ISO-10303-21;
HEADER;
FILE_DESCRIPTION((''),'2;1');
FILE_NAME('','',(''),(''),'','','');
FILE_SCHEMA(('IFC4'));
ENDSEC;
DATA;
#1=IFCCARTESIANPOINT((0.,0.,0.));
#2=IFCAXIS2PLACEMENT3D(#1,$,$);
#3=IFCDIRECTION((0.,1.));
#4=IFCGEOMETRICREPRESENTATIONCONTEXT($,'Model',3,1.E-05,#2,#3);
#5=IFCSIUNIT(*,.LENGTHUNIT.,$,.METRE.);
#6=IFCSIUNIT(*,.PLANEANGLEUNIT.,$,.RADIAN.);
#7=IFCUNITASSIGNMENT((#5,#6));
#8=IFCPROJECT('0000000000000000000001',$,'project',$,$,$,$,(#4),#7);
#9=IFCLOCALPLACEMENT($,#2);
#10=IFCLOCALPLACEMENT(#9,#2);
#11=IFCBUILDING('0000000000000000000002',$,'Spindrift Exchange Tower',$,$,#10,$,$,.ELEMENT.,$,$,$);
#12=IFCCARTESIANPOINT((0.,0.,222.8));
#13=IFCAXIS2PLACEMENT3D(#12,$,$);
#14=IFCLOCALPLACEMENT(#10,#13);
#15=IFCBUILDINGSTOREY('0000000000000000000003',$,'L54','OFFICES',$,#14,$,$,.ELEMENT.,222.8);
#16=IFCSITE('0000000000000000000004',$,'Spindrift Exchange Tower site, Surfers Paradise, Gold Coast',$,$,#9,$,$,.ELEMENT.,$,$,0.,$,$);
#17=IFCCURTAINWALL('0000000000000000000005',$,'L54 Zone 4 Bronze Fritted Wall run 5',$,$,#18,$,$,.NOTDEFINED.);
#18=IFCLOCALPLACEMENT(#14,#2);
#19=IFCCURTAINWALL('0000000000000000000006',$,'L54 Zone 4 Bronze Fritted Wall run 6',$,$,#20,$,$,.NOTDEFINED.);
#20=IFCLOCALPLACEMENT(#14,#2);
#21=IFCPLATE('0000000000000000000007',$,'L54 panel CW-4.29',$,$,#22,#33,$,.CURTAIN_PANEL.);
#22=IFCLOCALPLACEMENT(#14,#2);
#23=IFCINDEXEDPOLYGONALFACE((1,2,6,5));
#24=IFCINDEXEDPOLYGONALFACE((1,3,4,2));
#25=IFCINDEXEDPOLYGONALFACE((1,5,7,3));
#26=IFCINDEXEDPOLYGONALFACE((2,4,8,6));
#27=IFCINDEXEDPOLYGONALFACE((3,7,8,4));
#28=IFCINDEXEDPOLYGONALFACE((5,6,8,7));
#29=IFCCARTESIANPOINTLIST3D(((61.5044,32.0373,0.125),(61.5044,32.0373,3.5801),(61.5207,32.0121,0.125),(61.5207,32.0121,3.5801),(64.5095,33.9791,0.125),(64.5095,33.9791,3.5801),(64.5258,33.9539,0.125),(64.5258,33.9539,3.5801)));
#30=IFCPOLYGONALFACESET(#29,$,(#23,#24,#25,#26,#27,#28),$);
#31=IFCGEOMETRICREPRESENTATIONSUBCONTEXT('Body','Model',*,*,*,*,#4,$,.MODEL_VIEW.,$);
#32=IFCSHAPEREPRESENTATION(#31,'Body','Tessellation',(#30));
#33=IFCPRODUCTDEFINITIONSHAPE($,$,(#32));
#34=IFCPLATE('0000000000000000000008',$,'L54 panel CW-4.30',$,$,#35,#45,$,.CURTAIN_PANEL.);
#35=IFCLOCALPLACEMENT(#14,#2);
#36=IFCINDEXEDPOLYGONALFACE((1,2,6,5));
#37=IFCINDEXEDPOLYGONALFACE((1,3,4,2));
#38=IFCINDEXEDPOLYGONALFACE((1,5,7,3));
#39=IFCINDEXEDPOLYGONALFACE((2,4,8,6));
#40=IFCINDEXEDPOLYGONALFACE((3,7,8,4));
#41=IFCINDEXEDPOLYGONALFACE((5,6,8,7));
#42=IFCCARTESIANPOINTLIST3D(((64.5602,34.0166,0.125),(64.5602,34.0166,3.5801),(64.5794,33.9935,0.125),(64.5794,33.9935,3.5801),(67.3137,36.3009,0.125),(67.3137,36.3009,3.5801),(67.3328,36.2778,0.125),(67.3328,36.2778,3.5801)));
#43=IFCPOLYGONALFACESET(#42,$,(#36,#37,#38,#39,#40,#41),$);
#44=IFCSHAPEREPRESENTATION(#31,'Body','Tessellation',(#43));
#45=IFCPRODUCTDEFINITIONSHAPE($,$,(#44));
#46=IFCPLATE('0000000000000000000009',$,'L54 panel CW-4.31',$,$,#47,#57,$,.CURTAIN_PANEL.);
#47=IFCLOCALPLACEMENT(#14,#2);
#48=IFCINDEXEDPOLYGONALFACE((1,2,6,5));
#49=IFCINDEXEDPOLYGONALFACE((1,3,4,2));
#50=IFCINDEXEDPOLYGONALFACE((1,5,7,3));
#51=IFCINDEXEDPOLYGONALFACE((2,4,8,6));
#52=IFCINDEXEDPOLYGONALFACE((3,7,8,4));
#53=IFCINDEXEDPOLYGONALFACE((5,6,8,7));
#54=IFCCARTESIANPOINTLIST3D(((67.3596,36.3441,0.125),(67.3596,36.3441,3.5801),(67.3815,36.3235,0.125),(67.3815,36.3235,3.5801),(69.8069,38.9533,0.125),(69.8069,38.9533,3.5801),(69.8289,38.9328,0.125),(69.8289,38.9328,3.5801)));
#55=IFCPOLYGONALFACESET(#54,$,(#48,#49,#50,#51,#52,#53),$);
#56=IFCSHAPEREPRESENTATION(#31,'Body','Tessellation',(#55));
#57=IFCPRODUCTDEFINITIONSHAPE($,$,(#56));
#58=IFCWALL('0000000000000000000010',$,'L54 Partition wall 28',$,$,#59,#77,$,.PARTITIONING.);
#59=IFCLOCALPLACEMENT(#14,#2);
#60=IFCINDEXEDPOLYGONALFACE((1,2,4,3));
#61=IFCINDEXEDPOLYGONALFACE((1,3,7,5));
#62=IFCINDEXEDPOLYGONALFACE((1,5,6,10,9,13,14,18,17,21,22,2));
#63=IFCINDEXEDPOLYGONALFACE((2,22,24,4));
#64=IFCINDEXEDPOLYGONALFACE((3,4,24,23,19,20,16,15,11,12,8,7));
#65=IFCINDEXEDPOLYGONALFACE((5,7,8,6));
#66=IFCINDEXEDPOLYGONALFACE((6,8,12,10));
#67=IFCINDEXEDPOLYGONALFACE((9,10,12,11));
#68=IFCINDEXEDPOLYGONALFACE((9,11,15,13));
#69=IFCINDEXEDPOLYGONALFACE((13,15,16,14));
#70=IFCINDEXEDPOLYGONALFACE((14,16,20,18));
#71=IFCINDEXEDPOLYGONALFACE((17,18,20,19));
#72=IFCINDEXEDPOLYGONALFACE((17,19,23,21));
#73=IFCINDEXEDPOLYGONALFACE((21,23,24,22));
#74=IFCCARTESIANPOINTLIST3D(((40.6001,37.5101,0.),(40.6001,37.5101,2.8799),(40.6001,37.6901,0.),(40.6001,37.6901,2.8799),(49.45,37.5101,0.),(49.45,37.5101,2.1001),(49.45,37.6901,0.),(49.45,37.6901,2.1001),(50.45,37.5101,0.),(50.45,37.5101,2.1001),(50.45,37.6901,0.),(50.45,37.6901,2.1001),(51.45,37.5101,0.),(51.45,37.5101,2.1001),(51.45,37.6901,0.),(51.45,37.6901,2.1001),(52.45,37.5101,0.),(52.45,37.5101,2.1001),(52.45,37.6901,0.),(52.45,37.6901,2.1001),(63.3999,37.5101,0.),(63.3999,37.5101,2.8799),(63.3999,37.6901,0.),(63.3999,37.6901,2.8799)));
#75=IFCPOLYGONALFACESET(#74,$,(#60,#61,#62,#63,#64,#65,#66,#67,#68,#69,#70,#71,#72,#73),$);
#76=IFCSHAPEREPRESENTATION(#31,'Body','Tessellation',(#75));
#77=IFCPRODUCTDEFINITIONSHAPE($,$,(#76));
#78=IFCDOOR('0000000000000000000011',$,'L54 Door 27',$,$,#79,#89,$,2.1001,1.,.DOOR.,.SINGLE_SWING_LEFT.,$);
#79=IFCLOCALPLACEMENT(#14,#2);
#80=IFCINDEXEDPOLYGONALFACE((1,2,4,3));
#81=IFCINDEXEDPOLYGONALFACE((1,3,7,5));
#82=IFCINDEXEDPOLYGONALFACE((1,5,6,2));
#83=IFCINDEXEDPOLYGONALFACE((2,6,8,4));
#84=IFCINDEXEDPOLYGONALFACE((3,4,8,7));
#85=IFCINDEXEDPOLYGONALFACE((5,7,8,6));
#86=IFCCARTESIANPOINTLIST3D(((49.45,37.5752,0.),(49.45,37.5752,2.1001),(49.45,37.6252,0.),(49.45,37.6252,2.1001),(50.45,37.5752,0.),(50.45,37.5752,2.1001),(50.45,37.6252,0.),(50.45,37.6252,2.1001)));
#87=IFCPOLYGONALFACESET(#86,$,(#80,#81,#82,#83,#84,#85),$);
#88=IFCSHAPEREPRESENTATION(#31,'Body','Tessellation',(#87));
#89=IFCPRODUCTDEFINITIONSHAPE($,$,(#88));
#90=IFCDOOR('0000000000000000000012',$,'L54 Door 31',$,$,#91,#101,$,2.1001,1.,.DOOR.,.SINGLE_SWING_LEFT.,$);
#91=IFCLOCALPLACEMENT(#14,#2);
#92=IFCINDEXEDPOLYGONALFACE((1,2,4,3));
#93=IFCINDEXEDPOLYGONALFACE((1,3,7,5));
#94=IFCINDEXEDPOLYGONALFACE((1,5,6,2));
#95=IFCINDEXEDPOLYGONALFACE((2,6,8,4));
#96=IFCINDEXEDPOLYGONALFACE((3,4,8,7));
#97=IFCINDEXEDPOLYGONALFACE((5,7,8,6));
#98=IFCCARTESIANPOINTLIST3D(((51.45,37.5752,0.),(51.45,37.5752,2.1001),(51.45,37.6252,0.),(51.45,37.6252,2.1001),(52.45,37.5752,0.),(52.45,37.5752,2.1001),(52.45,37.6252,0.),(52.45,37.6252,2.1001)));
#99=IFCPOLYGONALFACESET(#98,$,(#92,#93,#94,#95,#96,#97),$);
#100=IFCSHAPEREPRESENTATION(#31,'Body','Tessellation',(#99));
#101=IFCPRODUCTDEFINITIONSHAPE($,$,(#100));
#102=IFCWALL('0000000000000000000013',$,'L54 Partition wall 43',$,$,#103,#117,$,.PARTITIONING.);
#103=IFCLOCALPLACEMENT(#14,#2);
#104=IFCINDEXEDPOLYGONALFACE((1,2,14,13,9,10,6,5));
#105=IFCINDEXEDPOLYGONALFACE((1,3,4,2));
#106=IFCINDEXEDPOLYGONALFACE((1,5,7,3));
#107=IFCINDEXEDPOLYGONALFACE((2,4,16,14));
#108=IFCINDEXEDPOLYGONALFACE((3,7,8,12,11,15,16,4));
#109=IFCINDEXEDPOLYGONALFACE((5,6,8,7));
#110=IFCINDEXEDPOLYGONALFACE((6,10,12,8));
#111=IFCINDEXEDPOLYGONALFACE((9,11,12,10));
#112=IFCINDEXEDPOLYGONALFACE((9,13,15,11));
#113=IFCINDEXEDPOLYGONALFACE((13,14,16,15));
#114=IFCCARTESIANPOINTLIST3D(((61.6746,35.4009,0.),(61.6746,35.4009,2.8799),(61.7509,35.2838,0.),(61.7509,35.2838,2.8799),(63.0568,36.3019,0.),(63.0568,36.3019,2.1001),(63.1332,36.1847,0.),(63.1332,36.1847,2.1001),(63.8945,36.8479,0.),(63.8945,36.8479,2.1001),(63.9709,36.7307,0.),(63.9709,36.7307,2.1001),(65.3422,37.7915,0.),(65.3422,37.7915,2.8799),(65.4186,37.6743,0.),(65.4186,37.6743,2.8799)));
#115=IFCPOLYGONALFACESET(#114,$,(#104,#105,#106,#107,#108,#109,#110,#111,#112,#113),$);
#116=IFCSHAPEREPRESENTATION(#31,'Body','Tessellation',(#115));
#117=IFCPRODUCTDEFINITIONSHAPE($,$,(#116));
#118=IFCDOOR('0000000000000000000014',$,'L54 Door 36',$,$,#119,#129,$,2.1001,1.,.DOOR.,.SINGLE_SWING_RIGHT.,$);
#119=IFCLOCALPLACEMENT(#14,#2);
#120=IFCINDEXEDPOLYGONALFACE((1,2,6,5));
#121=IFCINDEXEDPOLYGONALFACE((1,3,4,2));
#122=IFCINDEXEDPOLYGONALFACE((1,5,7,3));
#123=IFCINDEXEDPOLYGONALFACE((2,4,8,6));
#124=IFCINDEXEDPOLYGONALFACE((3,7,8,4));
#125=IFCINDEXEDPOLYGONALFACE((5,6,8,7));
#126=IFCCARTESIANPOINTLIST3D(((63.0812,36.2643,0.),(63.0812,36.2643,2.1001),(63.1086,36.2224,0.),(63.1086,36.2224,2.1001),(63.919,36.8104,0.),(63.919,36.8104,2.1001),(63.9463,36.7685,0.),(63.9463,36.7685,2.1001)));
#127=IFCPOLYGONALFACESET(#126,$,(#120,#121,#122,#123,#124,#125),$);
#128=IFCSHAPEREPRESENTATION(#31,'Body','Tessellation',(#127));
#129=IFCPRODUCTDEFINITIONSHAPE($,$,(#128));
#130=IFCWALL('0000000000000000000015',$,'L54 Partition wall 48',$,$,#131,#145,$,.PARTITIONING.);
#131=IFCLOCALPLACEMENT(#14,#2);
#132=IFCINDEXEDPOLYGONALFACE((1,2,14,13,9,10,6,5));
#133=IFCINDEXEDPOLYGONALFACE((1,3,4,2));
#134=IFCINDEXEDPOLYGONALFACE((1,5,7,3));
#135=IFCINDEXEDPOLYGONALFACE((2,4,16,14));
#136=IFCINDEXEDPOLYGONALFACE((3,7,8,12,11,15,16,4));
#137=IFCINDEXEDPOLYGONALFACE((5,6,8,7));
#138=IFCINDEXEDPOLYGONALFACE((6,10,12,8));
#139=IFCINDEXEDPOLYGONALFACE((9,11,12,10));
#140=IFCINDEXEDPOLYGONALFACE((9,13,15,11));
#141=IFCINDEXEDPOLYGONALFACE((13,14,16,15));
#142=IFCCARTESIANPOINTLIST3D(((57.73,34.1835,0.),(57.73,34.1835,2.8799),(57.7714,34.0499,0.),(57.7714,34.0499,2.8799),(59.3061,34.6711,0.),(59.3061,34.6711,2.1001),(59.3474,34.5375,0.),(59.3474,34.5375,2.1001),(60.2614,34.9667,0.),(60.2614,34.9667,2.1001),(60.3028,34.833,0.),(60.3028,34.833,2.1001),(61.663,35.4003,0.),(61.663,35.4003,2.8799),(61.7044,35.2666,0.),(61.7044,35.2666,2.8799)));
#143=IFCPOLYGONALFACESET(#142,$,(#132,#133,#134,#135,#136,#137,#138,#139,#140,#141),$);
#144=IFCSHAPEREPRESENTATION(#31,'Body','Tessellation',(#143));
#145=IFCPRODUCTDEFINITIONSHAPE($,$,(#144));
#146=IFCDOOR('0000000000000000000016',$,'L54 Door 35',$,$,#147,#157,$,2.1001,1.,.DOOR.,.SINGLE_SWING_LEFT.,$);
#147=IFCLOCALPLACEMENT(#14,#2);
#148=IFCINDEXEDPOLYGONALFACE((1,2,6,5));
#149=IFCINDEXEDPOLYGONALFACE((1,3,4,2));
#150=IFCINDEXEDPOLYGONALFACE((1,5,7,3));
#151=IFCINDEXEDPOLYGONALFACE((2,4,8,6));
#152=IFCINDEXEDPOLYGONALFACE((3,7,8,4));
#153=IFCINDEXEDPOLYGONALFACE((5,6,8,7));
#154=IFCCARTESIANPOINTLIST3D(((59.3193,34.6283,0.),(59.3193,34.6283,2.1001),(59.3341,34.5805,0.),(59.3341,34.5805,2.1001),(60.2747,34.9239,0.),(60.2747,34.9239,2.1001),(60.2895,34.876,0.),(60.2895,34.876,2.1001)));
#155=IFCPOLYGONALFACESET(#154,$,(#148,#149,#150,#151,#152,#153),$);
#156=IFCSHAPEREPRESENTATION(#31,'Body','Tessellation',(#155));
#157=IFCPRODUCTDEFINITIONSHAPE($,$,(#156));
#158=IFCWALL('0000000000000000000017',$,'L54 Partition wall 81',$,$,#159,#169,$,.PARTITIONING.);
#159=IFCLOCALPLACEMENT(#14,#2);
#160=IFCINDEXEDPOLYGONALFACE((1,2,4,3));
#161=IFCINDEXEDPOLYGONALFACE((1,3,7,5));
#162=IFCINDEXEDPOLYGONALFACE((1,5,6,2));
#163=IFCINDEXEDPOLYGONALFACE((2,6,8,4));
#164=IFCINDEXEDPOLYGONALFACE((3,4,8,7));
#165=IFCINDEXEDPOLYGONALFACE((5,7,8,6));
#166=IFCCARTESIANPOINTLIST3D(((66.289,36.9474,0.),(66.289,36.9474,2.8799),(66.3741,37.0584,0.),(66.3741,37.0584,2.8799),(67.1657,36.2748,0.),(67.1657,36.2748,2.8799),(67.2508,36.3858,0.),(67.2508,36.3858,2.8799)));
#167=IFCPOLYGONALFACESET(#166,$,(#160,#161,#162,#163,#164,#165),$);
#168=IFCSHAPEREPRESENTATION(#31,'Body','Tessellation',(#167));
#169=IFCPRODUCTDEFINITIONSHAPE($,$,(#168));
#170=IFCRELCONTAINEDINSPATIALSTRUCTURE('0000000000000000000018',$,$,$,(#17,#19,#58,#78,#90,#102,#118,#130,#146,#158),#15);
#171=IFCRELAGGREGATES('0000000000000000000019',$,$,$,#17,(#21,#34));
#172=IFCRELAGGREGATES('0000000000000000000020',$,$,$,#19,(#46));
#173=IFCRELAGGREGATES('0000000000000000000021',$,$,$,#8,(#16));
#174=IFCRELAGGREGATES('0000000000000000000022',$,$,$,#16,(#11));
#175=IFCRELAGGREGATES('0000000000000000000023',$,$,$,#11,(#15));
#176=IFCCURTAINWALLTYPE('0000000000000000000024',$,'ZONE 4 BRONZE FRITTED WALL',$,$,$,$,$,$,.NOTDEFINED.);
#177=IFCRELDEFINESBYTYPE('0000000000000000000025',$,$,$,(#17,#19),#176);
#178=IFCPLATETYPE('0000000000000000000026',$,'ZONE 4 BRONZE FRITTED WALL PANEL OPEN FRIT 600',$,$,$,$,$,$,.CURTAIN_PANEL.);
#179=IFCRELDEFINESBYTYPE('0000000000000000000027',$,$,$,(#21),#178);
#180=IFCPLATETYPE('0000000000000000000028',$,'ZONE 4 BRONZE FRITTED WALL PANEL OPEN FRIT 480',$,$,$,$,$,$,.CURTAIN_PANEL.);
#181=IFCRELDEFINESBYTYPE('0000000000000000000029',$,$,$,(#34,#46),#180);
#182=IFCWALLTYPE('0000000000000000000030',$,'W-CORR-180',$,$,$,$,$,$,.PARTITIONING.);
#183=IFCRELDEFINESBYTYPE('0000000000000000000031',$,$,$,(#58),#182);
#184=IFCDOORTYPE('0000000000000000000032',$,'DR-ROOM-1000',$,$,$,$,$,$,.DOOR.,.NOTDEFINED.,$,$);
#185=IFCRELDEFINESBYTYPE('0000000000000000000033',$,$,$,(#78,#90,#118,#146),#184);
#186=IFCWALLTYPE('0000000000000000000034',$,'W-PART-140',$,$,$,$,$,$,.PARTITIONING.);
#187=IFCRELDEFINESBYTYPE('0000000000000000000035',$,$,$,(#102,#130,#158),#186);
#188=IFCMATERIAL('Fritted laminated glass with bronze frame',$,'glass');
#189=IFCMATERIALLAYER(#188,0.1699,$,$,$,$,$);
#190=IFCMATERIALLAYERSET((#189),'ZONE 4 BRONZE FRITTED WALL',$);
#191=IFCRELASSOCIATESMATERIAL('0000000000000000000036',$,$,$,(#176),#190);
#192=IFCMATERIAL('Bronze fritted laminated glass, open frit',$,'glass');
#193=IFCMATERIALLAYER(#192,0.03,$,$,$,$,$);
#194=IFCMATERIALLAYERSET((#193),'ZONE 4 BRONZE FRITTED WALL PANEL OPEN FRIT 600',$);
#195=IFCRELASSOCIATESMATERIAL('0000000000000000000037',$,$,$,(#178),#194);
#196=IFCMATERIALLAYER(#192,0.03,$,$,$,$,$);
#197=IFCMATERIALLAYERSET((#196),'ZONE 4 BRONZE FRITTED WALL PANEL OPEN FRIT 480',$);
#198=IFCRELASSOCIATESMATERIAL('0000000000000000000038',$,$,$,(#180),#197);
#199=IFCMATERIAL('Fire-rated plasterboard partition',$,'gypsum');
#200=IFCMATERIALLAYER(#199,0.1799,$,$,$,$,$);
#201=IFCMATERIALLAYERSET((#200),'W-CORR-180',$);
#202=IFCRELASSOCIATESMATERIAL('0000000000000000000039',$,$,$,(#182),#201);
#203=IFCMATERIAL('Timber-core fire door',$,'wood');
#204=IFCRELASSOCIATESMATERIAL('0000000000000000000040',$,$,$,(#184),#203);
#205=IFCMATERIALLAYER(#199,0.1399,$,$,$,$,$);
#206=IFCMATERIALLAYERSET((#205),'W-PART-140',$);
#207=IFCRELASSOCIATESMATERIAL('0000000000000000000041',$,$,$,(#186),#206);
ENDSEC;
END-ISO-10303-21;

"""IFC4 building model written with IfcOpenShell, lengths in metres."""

from ifc_helpers import new_model, si_unit, direction, frame, frame_2d, origin, origin_2d, place, context, subcontext, project, spatial, rectangle, extrude, source, transform, mapped, material, layer, layer_set, type_object, element, fill, aggregate, save


model = new_model("IFC4")

# Units and contexts
model_context = context("Model", 3, precision=1e-05, world=origin(), true_north=direction((0.0, 1.0)))
body_context = subcontext(model_context, "Body", "Model", "MODEL_VIEW")
ifc_project = project(units=[si_unit("LENGTHUNIT", "METRE"), si_unit("PLANEANGLEUNIT", "RADIAN")], contexts=[model_context])

# Site, building, storey
site_placement = place(None, origin())
site = spatial("IfcSite", under=ifc_project, at=site_placement, Name="Spindrift Exchange Tower site, Surfers Paradise, Gold Coast", CompositionType="ELEMENT", RefElevation=0.0)
building_placement = place(site_placement, origin())
building = spatial("IfcBuilding", under=site, at=building_placement, Name="Spindrift Exchange Tower", CompositionType="ELEMENT")
storey_placement = place(building_placement, frame((0.0, 0.0, 222.8)))
storey = spatial("IfcBuildingStorey", under=building, at=storey_placement, Name="L54", Description="OFFICES", CompositionType="ELEMENT", Elevation=222.8)

# Curtain wall
ifc_material_1 = material(Name="Fritted laminated glass with bronze frame", Category="glass")
ifc_layer_1 = layer(ifc_material_1, 0.1699)
ifc_layer_set_1 = layer_set([ifc_layer_1], Name="ZONE 4 BRONZE FRITTED WALL")
curtain_wall_type = type_object("IfcCurtainWallType", Name="ZONE 4 BRONZE FRITTED WALL", PredefinedType="NOTDEFINED", material=ifc_layer_set_1)
curtain_wall_1_placement = place(storey_placement, origin())
curtain_wall_1 = element("IfcCurtainWall", 1, at=curtain_wall_1_placement, inside=storey, type_object=curtain_wall_type, Name="L54 Zone 4 Bronze Fritted Wall run 5", PredefinedType="NOTDEFINED")

# Curtain wall
curtain_wall_2_placement = place(storey_placement, origin())
curtain_wall_2 = element("IfcCurtainWall", 2, at=curtain_wall_2_placement, inside=storey, type_object=curtain_wall_type, Name="L54 Zone 4 Bronze Fritted Wall run 6", PredefinedType="NOTDEFINED")

# Plates
ifc_material_2 = material(Name="Bronze fritted laminated glass, open frit", Category="glass")
ifc_layer_2 = layer(ifc_material_2, 0.03)
ifc_layer_set_2 = layer_set([ifc_layer_2], Name="ZONE 4 BRONZE FRITTED WALL PANEL OPEN FRIT 600")
plate_type_1 = type_object("IfcPlateType", Name="ZONE 4 BRONZE FRITTED WALL PANEL OPEN FRIT 600", PredefinedType="CURTAIN_PANEL", material=ifc_layer_set_2)
shared_shape_1 = source(origin(), body_context, "Body", "SweptSolid", [
    extrude(rectangle(XDim=3.5779, YDim=0.03, at=origin_2d()), origin(), (0.0, 0.0, 1.0), 3.4551),
])
plate_1_placement = place(storey_placement, frame((63.0151, 32.9956, 0.125), z_axis=(0.0, 0.0, 1.0), x_axis=(0.839909, 0.542727, 0.0)))
plate_1 = element("IfcPlate", 3, at=plate_1_placement, type_object=plate_type_1, Name="L54 panel CW-4.29", PredefinedType="CURTAIN_PANEL", context=body_context, shape_type="MappedRepresentation", body=[
    mapped(shared_shape_1, transform((0.0, 0.0, 0.0), scale=1.0)),
])
ifc_layer_3 = layer(ifc_material_2, 0.03)
ifc_layer_set_3 = layer_set([ifc_layer_3], Name="ZONE 4 BRONZE FRITTED WALL PANEL OPEN FRIT 480")
plate_type_2 = type_object("IfcPlateType", Name="ZONE 4 BRONZE FRITTED WALL PANEL OPEN FRIT 480", PredefinedType="CURTAIN_PANEL", material=ifc_layer_set_3)
shared_shape_2 = source(origin(), body_context, "Body", "SweptSolid", [
    extrude(rectangle(XDim=3.5776, YDim=0.03, at=origin_2d()), origin(), (0.0, 0.0, 1.0), 3.4551),
])
plate_2_placement = place(storey_placement, frame((65.9465, 35.1472, 0.125), z_axis=(0.0, 0.0, 1.0), x_axis=(0.769619, 0.638503, 0.0)))
plate_2 = element("IfcPlate", 4, at=plate_2_placement, type_object=plate_type_2, Name="L54 panel CW-4.30", PredefinedType="CURTAIN_PANEL", context=body_context, shape_type="MappedRepresentation", body=[
    mapped(shared_shape_2, transform((0.0, 0.0, 0.0), scale=1.0)),
])
aggregate(curtain_wall_1, [plate_1, plate_2])
shared_shape_3 = source(origin(), body_context, "Body", "SweptSolid", [
    extrude(rectangle(XDim=3.5774, YDim=0.03, at=origin_2d()), origin(), (0.0, 0.0, 1.0), 3.4551),
])
plate_3_placement = place(storey_placement, frame((68.5942, 37.6384, 0.125), z_axis=(0.0, 0.0, 1.0), x_axis=(0.684108, 0.729381, 0.0)))
plate_3 = element("IfcPlate", 5, at=plate_3_placement, type_object=plate_type_2, Name="L54 panel CW-4.31", PredefinedType="CURTAIN_PANEL", context=body_context, shape_type="MappedRepresentation", body=[
    mapped(shared_shape_3, transform((0.0, 0.0, 0.0), scale=1.0)),
])
aggregate(curtain_wall_2, [plate_3])

# Wall, openings, doors
ifc_material_3 = material(Name="Fire-rated plasterboard partition", Category="gypsum")
ifc_layer_4 = layer(ifc_material_3, 0.1799)
ifc_layer_set_4 = layer_set([ifc_layer_4], Name="W-CORR-180")
wall_type_1 = type_object("IfcWallType", Name="W-CORR-180", PredefinedType="PARTITIONING", material=ifc_layer_set_4)
wall_1_placement = place(storey_placement, frame((63.3999, 37.6001, 0.0), z_axis=(0.0, 0.0, 1.0), x_axis=(-1.0, 0.0, 0.0)))
wall_1 = element("IfcWall", 6, at=wall_1_placement, inside=storey, type_object=wall_type_1, Name="L54 Partition wall 28", PredefinedType="PARTITIONING", context=body_context, shape_type="SweptSolid", body=[
    extrude(rectangle(XDim=22.7998, YDim=0.1799, at=frame_2d((11.3999, 0.0))), origin(), (0.0, 0.0, 1.0), 2.8799),
])
opening_1_placement = place(wall_1_placement, frame((12.95, 0.0, 0.0)))
opening_1 = element("IfcOpeningElement", 7, at=opening_1_placement, cuts=wall_1, PredefinedType="OPENING", context=body_context, shape_type="SweptSolid", body=[
    extrude(rectangle(XDim=1.0, YDim=2.1001, at=frame_2d((0.5, 1.05))), frame((0.0, 0.0999, 0.0), z_axis=(0.0, -1.0, 0.0), x_axis=(1.0, 0.0, 0.0)), (0.0, 0.0, 1.0), 0.2),
])
opening_2_placement = place(wall_1_placement, frame((10.95, 0.0, 0.0)))
opening_2 = element("IfcOpeningElement", 8, at=opening_2_placement, cuts=wall_1, PredefinedType="OPENING", context=body_context, shape_type="SweptSolid", body=[
    extrude(rectangle(XDim=1.0, YDim=2.1001, at=frame_2d((0.5, 1.05))), frame((0.0, 0.0999, 0.0), z_axis=(0.0, -1.0, 0.0), x_axis=(1.0, 0.0, 0.0)), (0.0, 0.0, 1.0), 0.2),
])
ifc_material_4 = material(Name="Timber-core fire door", Category="wood")
door_type = type_object("IfcDoorType", Name="DR-ROOM-1000", OperationType="NOTDEFINED", PredefinedType="DOOR", material=ifc_material_4)
shared_shape_4 = source(origin(), body_context, "Body", "SweptSolid", [
    extrude(rectangle(XDim=1.0, YDim=2.1001, at=frame_2d((0.5, 1.05))), frame((0.0, 0.0249, 0.0), z_axis=(0.0, -1.0, 0.0), x_axis=(1.0, 0.0, 0.0)), (0.0, 0.0, 1.0), 0.05),
])
door_1_placement = place(opening_1_placement, origin())
door_1 = element("IfcDoor", 9, at=door_1_placement, inside=storey, type_object=door_type, Name="L54 Door 27", OperationType="SINGLE_SWING_LEFT", OverallHeight=2.1001, OverallWidth=1.0, PredefinedType="DOOR", context=body_context, shape_type="MappedRepresentation", body=[
    mapped(shared_shape_4, transform((0.0, 0.0, 0.0), scale=1.0)),
])
fill(opening_1, door_1)
door_2_placement = place(opening_2_placement, origin())
door_2 = element("IfcDoor", 10, at=door_2_placement, inside=storey, type_object=door_type, Name="L54 Door 31", OperationType="SINGLE_SWING_LEFT", OverallHeight=2.1001, OverallWidth=1.0, PredefinedType="DOOR", context=body_context, shape_type="MappedRepresentation", body=[
    mapped(shared_shape_4, transform((0.0, 0.0, 0.0), scale=1.0)),
])
fill(opening_2, door_2)

# Walls, openings, doors
ifc_layer_5 = layer(ifc_material_3, 0.1399)
ifc_layer_set_5 = layer_set([ifc_layer_5], Name="W-PART-140")
wall_type_2 = type_object("IfcWallType", Name="W-PART-140", PredefinedType="PARTITIONING", material=ifc_layer_set_5)
wall_2_placement = place(storey_placement, frame((65.3804, 37.7329, 0.0), z_axis=(0.0, 0.0, 1.0), x_axis=(-0.837754, -0.546048, 0.0)))
wall_2 = element("IfcWall", 11, at=wall_2_placement, inside=storey, type_object=wall_type_2, Name="L54 Partition wall 43", PredefinedType="PARTITIONING", context=body_context, shape_type="SweptSolid", body=[
    extrude(rectangle(XDim=4.3779, YDim=0.1399, at=frame_2d((2.189, 0.0))), origin(), (0.0, 0.0, 1.0), 2.8799),
])
opening_3_placement = place(wall_2_placement, frame((1.728, 0.0, 0.0)))
opening_3 = element("IfcOpeningElement", 12, at=opening_3_placement, cuts=wall_2, PredefinedType="OPENING", context=body_context, shape_type="SweptSolid", body=[
    extrude(rectangle(XDim=1.0, YDim=2.1001, at=frame_2d((0.5, 1.05))), frame((0.0, 0.0798, 0.0), z_axis=(0.0, -1.0, 0.0), x_axis=(1.0, 0.0, 0.0)), (0.0, 0.0, 1.0), 0.1599),
])
door_3_placement = place(opening_3_placement, origin())
door_3 = element("IfcDoor", 13, at=door_3_placement, inside=storey, type_object=door_type, Name="L54 Door 36", OperationType="SINGLE_SWING_RIGHT", OverallHeight=2.1001, OverallWidth=1.0, PredefinedType="DOOR", context=body_context, shape_type="MappedRepresentation", body=[
    mapped(shared_shape_4, transform((0.0, 0.0, 0.0), scale=1.0)),
])
fill(opening_3, door_3)
wall_3_placement = place(storey_placement, frame((61.6838, 35.3335, 0.0), z_axis=(0.0, 0.0, 1.0), x_axis=(-0.955327, -0.295552, 0.0)))
wall_3 = element("IfcWall", 14, at=wall_3_placement, inside=storey, type_object=wall_type_2, Name="L54 Partition wall 48", PredefinedType="PARTITIONING", context=body_context, shape_type="SweptSolid", body=[
    extrude(rectangle(XDim=4.1169, YDim=0.1399, at=frame_2d((2.0586, 0.0))), origin(), (0.0, 0.0, 1.0), 2.8799),
])
opening_4_placement = place(wall_3_placement, frame((1.4673, 0.0, 0.0)))
opening_4 = element("IfcOpeningElement", 15, at=opening_4_placement, cuts=wall_3, PredefinedType="OPENING", context=body_context, shape_type="SweptSolid", body=[
    extrude(rectangle(XDim=1.0, YDim=2.1001, at=frame_2d((0.5, 1.05))), frame((0.0, 0.0798, 0.0), z_axis=(0.0, -1.0, 0.0), x_axis=(1.0, 0.0, 0.0)), (0.0, 0.0, 1.0), 0.1599),
])
door_4_placement = place(opening_4_placement, origin())
door_4 = element("IfcDoor", 16, at=door_4_placement, inside=storey, type_object=door_type, Name="L54 Door 35", OperationType="SINGLE_SWING_LEFT", OverallHeight=2.1001, OverallWidth=1.0, PredefinedType="DOOR", context=body_context, shape_type="MappedRepresentation", body=[
    mapped(shared_shape_4, transform((0.0, 0.0, 0.0), scale=1.0)),
])
fill(opening_4, door_4)

# Wall
wall_4_placement = place(storey_placement, frame((66.3315, 37.0029, 0.0), z_axis=(0.0, 0.0, 1.0), x_axis=(0.793404, -0.608696, 0.0)))
element("IfcWall", 17, at=wall_4_placement, inside=storey, type_object=wall_type_2, Name="L54 Partition wall 81", PredefinedType="PARTITIONING", context=body_context, shape_type="SweptSolid", body=[
    extrude(rectangle(XDim=1.105, YDim=0.1399, at=frame_2d((0.5525, 0.0))), origin(), (0.0, 0.0, 1.0), 2.8799),
])

save(model, "model.ifc")
